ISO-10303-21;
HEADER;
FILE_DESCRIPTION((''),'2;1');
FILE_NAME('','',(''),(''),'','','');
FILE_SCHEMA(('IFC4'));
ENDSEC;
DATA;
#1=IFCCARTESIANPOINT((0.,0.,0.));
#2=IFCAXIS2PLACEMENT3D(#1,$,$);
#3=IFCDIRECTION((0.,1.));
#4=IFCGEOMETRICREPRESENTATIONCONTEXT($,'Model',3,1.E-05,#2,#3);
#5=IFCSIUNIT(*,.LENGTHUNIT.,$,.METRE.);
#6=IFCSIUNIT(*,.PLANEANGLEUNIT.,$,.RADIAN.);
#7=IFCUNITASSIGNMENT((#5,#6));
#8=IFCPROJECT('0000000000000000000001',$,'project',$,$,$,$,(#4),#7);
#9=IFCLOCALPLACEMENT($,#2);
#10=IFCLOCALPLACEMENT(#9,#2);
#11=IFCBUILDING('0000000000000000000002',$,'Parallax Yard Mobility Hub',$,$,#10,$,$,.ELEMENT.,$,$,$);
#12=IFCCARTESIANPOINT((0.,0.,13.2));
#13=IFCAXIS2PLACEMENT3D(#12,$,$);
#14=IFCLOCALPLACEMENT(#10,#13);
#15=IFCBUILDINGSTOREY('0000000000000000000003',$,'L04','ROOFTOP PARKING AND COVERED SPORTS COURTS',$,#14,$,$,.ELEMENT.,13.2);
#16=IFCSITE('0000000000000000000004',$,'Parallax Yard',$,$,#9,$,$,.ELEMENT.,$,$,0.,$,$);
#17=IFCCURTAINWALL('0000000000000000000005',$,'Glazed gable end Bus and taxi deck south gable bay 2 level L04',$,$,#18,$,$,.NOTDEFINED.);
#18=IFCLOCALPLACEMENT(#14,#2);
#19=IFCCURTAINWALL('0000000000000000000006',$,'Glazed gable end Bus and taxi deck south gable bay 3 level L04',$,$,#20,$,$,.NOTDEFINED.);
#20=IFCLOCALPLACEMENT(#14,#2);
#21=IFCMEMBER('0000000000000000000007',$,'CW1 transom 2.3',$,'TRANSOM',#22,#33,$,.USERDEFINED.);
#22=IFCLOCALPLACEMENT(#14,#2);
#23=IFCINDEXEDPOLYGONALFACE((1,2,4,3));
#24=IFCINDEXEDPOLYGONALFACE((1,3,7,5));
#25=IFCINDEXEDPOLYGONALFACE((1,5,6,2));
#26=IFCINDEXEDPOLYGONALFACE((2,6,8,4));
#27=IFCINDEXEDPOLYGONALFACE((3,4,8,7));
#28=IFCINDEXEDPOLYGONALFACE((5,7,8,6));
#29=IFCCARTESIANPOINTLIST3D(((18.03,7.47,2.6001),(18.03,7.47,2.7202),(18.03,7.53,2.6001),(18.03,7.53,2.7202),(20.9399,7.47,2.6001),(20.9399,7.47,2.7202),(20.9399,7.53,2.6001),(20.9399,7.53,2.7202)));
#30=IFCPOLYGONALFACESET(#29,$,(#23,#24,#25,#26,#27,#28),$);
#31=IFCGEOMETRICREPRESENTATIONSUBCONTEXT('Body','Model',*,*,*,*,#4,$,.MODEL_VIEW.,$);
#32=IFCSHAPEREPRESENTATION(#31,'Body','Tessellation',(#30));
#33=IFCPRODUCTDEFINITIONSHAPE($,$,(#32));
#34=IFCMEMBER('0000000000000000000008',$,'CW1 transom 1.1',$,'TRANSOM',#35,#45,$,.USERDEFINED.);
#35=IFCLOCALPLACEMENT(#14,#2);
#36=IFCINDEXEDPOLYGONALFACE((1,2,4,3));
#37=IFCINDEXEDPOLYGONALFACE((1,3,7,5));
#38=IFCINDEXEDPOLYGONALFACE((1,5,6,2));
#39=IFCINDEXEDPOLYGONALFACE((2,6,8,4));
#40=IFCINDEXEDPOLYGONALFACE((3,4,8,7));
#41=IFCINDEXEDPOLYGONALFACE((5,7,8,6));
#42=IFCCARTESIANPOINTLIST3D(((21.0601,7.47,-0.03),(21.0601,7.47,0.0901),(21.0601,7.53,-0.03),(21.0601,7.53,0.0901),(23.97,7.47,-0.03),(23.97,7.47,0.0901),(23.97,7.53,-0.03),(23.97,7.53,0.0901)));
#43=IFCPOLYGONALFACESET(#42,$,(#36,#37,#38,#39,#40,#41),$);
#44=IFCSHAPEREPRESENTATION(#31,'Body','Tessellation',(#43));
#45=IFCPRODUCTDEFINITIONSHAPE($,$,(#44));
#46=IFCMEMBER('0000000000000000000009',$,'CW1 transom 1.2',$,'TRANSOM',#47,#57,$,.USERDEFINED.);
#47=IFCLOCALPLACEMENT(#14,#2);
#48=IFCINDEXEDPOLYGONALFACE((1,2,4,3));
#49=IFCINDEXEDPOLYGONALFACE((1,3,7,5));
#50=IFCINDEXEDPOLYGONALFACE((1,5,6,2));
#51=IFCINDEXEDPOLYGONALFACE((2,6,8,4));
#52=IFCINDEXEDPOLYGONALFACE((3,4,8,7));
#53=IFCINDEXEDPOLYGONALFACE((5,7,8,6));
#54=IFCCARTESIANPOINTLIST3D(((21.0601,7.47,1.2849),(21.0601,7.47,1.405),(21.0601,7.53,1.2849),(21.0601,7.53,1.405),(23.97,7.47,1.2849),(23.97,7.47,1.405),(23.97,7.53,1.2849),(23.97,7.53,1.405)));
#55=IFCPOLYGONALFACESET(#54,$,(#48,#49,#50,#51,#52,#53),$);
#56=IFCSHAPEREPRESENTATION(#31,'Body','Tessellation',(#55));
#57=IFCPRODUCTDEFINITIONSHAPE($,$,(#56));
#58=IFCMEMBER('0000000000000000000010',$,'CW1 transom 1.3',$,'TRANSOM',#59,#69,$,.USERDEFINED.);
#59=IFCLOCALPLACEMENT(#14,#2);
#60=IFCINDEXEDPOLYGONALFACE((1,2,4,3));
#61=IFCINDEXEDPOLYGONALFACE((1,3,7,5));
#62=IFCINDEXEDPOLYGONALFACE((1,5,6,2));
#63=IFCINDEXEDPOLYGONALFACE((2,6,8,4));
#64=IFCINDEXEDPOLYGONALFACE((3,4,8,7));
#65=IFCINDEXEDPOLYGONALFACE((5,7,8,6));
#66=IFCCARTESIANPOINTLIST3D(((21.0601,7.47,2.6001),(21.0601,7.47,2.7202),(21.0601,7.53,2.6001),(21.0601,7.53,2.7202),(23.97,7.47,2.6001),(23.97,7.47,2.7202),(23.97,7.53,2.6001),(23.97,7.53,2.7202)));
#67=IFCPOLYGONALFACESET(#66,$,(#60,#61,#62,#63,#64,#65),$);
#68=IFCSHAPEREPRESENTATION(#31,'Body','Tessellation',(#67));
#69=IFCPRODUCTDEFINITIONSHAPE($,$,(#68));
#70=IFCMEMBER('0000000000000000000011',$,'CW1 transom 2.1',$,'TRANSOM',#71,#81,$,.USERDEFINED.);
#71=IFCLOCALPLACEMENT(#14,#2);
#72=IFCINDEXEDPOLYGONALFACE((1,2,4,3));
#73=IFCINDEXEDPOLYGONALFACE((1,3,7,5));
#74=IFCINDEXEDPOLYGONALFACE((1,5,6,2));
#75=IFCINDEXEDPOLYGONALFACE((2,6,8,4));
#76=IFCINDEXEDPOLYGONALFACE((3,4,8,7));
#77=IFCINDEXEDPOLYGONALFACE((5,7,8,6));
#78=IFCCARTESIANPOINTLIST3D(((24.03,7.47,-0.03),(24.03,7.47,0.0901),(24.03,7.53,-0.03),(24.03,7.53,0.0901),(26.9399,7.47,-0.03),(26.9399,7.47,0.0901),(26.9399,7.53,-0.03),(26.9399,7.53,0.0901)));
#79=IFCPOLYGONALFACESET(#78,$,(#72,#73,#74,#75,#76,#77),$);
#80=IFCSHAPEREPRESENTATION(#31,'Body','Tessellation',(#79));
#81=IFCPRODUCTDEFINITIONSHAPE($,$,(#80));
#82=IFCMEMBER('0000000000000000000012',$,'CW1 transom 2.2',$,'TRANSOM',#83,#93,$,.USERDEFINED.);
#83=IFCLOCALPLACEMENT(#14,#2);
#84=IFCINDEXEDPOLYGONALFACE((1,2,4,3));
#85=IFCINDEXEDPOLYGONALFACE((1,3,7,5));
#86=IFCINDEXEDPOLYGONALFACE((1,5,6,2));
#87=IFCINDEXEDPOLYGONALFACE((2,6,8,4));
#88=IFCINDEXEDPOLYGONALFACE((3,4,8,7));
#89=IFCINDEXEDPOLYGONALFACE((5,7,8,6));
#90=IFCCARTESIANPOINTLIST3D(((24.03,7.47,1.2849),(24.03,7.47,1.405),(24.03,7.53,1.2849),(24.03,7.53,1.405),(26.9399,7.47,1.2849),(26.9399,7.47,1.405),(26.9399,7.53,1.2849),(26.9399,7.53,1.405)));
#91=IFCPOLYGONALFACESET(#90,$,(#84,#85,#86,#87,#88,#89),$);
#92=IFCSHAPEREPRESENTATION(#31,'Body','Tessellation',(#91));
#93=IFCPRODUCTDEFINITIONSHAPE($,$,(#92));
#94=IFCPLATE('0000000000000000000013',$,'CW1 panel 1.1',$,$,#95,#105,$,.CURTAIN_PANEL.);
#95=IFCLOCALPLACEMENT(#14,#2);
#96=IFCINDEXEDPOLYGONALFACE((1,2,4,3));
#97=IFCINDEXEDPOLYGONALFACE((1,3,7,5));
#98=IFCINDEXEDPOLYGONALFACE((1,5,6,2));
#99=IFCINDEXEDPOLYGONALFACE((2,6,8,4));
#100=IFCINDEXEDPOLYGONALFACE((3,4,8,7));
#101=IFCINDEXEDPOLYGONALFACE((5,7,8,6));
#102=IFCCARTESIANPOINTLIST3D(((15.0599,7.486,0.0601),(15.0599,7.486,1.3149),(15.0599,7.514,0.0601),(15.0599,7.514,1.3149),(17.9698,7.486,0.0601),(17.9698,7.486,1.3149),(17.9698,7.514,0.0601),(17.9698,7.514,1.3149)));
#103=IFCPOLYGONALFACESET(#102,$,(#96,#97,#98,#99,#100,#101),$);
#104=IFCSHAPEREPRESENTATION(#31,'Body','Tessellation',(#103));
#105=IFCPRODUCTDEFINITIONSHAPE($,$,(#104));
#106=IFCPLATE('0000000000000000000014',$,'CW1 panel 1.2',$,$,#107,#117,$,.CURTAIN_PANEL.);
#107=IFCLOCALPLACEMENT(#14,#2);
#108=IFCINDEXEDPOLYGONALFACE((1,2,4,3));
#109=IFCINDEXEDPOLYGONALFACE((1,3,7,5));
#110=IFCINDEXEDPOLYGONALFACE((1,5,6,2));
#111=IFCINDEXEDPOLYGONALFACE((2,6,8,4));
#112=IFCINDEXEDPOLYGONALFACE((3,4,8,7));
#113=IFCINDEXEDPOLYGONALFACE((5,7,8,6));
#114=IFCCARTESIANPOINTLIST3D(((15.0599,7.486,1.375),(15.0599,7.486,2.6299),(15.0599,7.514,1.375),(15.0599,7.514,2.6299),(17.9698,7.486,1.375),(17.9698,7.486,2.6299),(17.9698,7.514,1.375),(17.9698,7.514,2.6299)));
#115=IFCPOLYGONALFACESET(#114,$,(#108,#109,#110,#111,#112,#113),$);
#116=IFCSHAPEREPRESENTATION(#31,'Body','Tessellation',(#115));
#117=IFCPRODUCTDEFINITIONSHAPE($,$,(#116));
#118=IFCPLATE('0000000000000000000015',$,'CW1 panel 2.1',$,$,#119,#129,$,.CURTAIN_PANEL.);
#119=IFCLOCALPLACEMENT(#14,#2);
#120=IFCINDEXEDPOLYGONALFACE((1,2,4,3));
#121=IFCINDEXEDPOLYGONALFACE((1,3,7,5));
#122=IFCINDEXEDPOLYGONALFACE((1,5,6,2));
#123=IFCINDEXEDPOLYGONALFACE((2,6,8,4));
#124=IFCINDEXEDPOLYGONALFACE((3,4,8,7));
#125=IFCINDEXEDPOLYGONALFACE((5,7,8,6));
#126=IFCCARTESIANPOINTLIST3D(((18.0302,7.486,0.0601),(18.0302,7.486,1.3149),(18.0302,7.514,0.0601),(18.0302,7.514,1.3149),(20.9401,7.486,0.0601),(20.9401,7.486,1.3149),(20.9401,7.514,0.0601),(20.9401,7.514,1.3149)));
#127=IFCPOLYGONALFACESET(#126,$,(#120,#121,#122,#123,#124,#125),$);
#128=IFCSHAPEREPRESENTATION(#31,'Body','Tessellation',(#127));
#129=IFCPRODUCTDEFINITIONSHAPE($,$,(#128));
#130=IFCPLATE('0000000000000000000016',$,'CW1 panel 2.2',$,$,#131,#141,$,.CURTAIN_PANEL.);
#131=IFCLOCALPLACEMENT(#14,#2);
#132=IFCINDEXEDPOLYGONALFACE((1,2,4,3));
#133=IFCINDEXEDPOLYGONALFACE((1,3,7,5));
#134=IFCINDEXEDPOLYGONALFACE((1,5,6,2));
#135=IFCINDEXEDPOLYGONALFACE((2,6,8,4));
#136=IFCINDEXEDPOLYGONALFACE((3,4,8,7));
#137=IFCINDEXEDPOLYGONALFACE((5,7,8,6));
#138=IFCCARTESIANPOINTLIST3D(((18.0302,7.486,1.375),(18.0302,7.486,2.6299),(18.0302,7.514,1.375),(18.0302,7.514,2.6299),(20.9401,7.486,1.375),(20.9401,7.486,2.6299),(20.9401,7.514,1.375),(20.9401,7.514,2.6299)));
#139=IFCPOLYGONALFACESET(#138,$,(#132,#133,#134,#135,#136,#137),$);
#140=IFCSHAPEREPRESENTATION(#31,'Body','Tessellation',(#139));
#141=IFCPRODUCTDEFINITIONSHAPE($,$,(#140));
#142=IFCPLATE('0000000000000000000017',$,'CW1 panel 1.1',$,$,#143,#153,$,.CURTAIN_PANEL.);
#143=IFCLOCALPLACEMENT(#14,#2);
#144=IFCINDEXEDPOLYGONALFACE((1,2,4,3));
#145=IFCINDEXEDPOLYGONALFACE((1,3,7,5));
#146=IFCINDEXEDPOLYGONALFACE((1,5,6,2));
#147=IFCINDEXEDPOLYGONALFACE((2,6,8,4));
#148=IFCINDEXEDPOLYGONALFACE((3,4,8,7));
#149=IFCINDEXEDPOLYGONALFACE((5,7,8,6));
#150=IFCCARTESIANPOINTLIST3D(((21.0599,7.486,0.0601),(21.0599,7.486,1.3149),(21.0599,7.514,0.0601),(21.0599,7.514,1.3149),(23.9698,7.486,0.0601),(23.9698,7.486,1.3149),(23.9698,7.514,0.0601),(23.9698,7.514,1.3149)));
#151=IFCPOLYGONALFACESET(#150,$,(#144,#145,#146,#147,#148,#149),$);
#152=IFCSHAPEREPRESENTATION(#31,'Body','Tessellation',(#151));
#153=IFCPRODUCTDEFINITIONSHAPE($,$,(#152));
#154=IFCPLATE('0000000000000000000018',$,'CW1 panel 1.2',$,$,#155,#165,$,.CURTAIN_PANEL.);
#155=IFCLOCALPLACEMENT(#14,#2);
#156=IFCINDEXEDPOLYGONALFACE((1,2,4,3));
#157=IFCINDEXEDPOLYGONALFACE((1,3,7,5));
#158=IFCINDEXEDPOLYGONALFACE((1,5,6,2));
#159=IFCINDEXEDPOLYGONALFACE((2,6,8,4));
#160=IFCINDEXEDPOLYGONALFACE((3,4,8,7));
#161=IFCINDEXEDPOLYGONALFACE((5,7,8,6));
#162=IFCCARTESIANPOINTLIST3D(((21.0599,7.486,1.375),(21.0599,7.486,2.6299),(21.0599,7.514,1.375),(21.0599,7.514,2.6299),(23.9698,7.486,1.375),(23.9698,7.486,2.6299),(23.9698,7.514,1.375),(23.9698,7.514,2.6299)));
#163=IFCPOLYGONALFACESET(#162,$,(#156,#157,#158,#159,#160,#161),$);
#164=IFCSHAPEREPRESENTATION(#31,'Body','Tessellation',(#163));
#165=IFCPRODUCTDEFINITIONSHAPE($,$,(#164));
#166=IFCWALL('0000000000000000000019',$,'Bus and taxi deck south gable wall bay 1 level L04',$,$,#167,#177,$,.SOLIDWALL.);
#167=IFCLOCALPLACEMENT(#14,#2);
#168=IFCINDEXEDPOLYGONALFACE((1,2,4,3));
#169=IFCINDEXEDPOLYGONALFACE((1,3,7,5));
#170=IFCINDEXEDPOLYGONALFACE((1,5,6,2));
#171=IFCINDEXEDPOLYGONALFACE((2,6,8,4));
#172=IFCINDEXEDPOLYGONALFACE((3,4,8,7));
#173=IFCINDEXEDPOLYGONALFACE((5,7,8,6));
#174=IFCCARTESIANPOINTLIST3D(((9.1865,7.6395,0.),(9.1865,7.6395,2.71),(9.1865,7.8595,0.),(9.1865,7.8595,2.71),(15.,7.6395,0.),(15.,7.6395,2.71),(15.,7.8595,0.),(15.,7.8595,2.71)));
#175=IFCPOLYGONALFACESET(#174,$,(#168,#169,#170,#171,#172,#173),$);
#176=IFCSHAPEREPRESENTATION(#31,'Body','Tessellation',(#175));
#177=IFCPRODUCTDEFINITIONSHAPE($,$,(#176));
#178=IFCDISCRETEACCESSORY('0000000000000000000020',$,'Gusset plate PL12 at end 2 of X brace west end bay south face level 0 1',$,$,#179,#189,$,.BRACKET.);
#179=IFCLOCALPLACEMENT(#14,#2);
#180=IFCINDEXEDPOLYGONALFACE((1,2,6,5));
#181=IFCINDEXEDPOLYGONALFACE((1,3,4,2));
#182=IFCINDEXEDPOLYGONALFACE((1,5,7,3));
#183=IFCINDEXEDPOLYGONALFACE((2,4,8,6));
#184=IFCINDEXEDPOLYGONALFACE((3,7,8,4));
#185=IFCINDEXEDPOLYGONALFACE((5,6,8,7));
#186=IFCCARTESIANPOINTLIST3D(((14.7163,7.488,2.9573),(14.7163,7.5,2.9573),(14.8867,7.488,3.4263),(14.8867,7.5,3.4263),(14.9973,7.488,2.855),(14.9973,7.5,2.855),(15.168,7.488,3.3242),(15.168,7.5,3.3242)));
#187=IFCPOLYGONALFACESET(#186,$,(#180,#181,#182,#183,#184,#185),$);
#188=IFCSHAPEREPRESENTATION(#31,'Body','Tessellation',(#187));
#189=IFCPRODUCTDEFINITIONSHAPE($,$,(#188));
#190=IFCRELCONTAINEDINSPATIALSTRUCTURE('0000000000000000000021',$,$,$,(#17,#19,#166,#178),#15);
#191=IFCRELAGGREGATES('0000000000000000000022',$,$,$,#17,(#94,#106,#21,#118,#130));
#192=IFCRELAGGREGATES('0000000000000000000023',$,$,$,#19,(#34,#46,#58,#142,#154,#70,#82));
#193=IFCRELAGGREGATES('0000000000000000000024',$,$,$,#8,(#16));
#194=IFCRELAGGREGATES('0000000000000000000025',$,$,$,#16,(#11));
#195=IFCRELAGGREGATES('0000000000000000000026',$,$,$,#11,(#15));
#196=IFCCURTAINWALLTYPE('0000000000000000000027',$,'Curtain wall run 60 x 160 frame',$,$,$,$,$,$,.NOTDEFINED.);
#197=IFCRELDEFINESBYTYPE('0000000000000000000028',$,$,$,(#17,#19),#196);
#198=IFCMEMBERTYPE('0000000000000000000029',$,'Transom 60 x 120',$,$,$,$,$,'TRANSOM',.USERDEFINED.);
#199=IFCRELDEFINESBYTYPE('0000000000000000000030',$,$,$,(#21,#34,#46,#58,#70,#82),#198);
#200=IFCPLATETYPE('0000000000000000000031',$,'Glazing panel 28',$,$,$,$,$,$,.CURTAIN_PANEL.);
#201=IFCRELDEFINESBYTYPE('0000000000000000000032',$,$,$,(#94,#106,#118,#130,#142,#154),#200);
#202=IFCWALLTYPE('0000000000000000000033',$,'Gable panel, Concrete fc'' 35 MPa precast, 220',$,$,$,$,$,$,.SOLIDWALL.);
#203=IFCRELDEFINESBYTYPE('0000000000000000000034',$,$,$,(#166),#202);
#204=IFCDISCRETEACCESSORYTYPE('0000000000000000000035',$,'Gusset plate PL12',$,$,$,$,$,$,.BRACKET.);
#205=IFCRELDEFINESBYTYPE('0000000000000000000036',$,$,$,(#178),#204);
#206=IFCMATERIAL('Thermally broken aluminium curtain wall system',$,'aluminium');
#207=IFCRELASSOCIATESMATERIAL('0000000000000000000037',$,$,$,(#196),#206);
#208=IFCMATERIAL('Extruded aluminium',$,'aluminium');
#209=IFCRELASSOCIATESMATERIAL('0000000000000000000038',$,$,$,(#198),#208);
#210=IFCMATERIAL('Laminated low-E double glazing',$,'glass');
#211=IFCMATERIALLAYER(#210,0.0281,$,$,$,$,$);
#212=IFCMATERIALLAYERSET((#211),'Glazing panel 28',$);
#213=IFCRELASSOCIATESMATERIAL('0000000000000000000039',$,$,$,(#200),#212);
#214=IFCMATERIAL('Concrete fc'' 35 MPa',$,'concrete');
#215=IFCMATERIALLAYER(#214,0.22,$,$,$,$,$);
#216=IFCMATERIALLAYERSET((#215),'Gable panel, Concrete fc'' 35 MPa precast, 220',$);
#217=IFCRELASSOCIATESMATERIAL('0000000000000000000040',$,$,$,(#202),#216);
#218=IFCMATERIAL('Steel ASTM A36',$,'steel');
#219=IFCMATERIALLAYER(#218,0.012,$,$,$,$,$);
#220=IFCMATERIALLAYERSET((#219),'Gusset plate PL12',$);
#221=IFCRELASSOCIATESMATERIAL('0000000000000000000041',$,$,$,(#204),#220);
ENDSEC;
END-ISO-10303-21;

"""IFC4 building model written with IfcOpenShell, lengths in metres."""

from ifc_helpers import new_model, si_unit, direction, frame, frame_2d, origin, origin_2d, place, context, subcontext, project, spatial, polyline, rectangle, outline, extrude, material, layer, layer_set, material_profile, profile_set, type_object, element, aggregate, save


model = new_model("IFC4")

# Units and contexts
model_context = context("Model", 3, precision=1e-05, world=origin(), true_north=direction((0.0, 1.0)))
body_context = subcontext(model_context, "Body", "Model", "MODEL_VIEW")
ifc_project = project(units=[si_unit("LENGTHUNIT", "METRE"), si_unit("PLANEANGLEUNIT", "RADIAN")], contexts=[model_context])

# Site, building, storey
site_placement = place(None, origin())
site = spatial("IfcSite", under=ifc_project, at=site_placement, Name="Parallax Yard", CompositionType="ELEMENT", RefElevation=0.0)
building_placement = place(site_placement, origin())
building = spatial("IfcBuilding", under=site, at=building_placement, Name="Parallax Yard Mobility Hub", CompositionType="ELEMENT")
storey_placement = place(building_placement, frame((0.0, 0.0, 13.2)))
storey = spatial("IfcBuildingStorey", under=building, at=storey_placement, Name="L04", Description="ROOFTOP PARKING AND COVERED SPORTS COURTS", CompositionType="ELEMENT", Elevation=13.2)

# Curtain walls
ifc_material_1 = material(Name="Thermally broken aluminium curtain wall system", Category="aluminium")
curtain_wall_type = type_object("IfcCurtainWallType", Name="Curtain wall run 60 x 160 frame", PredefinedType="NOTDEFINED", material=ifc_material_1)
curtain_wall_1_placement = place(storey_placement, origin())
curtain_wall_1 = element("IfcCurtainWall", 1, at=curtain_wall_1_placement, inside=storey, type_object=curtain_wall_type, Name="Glazed gable end Bus and taxi deck south gable bay 2 level L04", PredefinedType="NOTDEFINED")
ifc_material_2 = material(Name="Extruded aluminium", Category="aluminium")
curtain_wall_2_placement = place(storey_placement, origin())
curtain_wall_2 = element("IfcCurtainWall", 2, at=curtain_wall_2_placement, inside=storey, type_object=curtain_wall_type, Name="Glazed gable end Bus and taxi deck south gable bay 3 level L04", PredefinedType="NOTDEFINED")

# Members
ifc_material_profile_1 = material_profile(ifc_material_2, rectangle(XDim=0.0601, YDim=0.1201, at=origin_2d()), Name="Transom 60 x 120")
ifc_profile_set_1 = profile_set([ifc_material_profile_1], Name="Extruded aluminium")
member_type_1 = type_object("IfcMemberType", Name="Transom 60 x 120", ElementType="TRANSOM", PredefinedType="USERDEFINED", material=ifc_profile_set_1)
member_1_placement = place(storey_placement, frame((18.03, 7.5, 2.6602), z_axis=(1.0, 0.0, 0.0), x_axis=(0.0, 1.0, 0.0)))
member_1 = element("IfcMember", 3, at=member_1_placement, type_object=member_type_1, Name="CW1 transom 2.3", ObjectType="TRANSOM", PredefinedType="USERDEFINED", context=body_context, shape_type="SweptSolid", body=[
    extrude(rectangle(XDim=0.0601, YDim=0.1201, at=origin_2d()), origin(), (0.0, 0.0, 1.0), 2.9099),
])
member_2_placement = place(storey_placement, frame((21.0601, 7.5, 0.03), z_axis=(1.0, 0.0, 0.0), x_axis=(0.0, 1.0, 0.0)))
member_2 = element("IfcMember", 4, at=member_2_placement, type_object=member_type_1, Name="CW1 transom 1.1", ObjectType="TRANSOM", PredefinedType="USERDEFINED", context=body_context, shape_type="SweptSolid", body=[
    extrude(rectangle(XDim=0.0601, YDim=0.1201, at=origin_2d()), origin(), (0.0, 0.0, 1.0), 2.9099),
])
member_3_placement = place(storey_placement, frame((21.0601, 7.5, 1.345), z_axis=(1.0, 0.0, 0.0), x_axis=(0.0, 1.0, 0.0)))
member_3 = element("IfcMember", 5, at=member_3_placement, type_object=member_type_1, Name="CW1 transom 1.2", ObjectType="TRANSOM", PredefinedType="USERDEFINED", context=body_context, shape_type="SweptSolid", body=[
    extrude(rectangle(XDim=0.0601, YDim=0.1201, at=origin_2d()), origin(), (0.0, 0.0, 1.0), 2.9099),
])
member_4_placement = place(storey_placement, frame((21.0601, 7.5, 2.6602), z_axis=(1.0, 0.0, 0.0), x_axis=(0.0, 1.0, 0.0)))
member_4 = element("IfcMember", 6, at=member_4_placement, type_object=member_type_1, Name="CW1 transom 1.3", ObjectType="TRANSOM", PredefinedType="USERDEFINED", context=body_context, shape_type="SweptSolid", body=[
    extrude(rectangle(XDim=0.0601, YDim=0.1201, at=origin_2d()), origin(), (0.0, 0.0, 1.0), 2.9099),
])
member_5_placement = place(storey_placement, frame((24.03, 7.5, 0.03), z_axis=(1.0, 0.0, 0.0), x_axis=(0.0, 1.0, 0.0)))
member_5 = element("IfcMember", 7, at=member_5_placement, type_object=member_type_1, Name="CW1 transom 2.1", ObjectType="TRANSOM", PredefinedType="USERDEFINED", context=body_context, shape_type="SweptSolid", body=[
    extrude(rectangle(XDim=0.0601, YDim=0.1201, at=origin_2d()), origin(), (0.0, 0.0, 1.0), 2.9099),
])
member_6_placement = place(storey_placement, frame((24.03, 7.5, 1.345), z_axis=(1.0, 0.0, 0.0), x_axis=(0.0, 1.0, 0.0)))
member_6 = element("IfcMember", 8, at=member_6_placement, type_object=member_type_1, Name="CW1 transom 2.2", ObjectType="TRANSOM", PredefinedType="USERDEFINED", context=body_context, shape_type="SweptSolid", body=[
    extrude(rectangle(XDim=0.0601, YDim=0.1201, at=origin_2d()), origin(), (0.0, 0.0, 1.0), 2.9099),
])

# Plates
ifc_material_3 = material(Name="Laminated low-E double glazing", Category="glass")
ifc_layer_1 = layer(ifc_material_3, 0.0281)
ifc_layer_set_1 = layer_set([ifc_layer_1], Name="Glazing panel 28")
plate_type = type_object("IfcPlateType", Name="Glazing panel 28", PredefinedType="CURTAIN_PANEL", material=ifc_layer_set_1)
plate_1_placement = place(storey_placement, frame((16.5149, 7.5, 0.0601), z_axis=(0.0, 0.0, 1.0), x_axis=(1.0, 0.0, 0.0)))
plate_1 = element("IfcPlate", 9, at=plate_1_placement, type_object=plate_type, Name="CW1 panel 1.1", PredefinedType="CURTAIN_PANEL", context=body_context, shape_type="SweptSolid", body=[
    extrude(rectangle(XDim=2.9099, YDim=0.0281, at=origin_2d()), origin(), (0.0, 0.0, 1.0), 1.2549),
])
plate_2_placement = place(storey_placement, frame((16.5149, 7.5, 1.375), z_axis=(0.0, 0.0, 1.0), x_axis=(1.0, 0.0, 0.0)))
plate_2 = element("IfcPlate", 10, at=plate_2_placement, type_object=plate_type, Name="CW1 panel 1.2", PredefinedType="CURTAIN_PANEL", context=body_context, shape_type="SweptSolid", body=[
    extrude(rectangle(XDim=2.9099, YDim=0.0281, at=origin_2d()), origin(), (0.0, 0.0, 1.0), 1.2549),
])
plate_3_placement = place(storey_placement, frame((19.4851, 7.5, 0.0601), z_axis=(0.0, 0.0, 1.0), x_axis=(1.0, 0.0, 0.0)))
plate_3 = element("IfcPlate", 11, at=plate_3_placement, type_object=plate_type, Name="CW1 panel 2.1", PredefinedType="CURTAIN_PANEL", context=body_context, shape_type="SweptSolid", body=[
    extrude(rectangle(XDim=2.9099, YDim=0.0281, at=origin_2d()), origin(), (0.0, 0.0, 1.0), 1.2549),
])
plate_4_placement = place(storey_placement, frame((19.4851, 7.5, 1.375), z_axis=(0.0, 0.0, 1.0), x_axis=(1.0, 0.0, 0.0)))
plate_4 = element("IfcPlate", 12, at=plate_4_placement, type_object=plate_type, Name="CW1 panel 2.2", PredefinedType="CURTAIN_PANEL", context=body_context, shape_type="SweptSolid", body=[
    extrude(rectangle(XDim=2.9099, YDim=0.0281, at=origin_2d()), origin(), (0.0, 0.0, 1.0), 1.2549),
])
aggregate(curtain_wall_1, [plate_1, plate_2, member_1, plate_3, plate_4])
plate_5_placement = place(storey_placement, frame((22.5149, 7.5, 0.0601), z_axis=(0.0, 0.0, 1.0), x_axis=(1.0, 0.0, 0.0)))
plate_5 = element("IfcPlate", 13, at=plate_5_placement, type_object=plate_type, Name="CW1 panel 1.1", PredefinedType="CURTAIN_PANEL", context=body_context, shape_type="SweptSolid", body=[
    extrude(rectangle(XDim=2.9099, YDim=0.0281, at=origin_2d()), origin(), (0.0, 0.0, 1.0), 1.2549),
])
plate_6_placement = place(storey_placement, frame((22.5149, 7.5, 1.375), z_axis=(0.0, 0.0, 1.0), x_axis=(1.0, 0.0, 0.0)))
plate_6 = element("IfcPlate", 14, at=plate_6_placement, type_object=plate_type, Name="CW1 panel 1.2", PredefinedType="CURTAIN_PANEL", context=body_context, shape_type="SweptSolid", body=[
    extrude(rectangle(XDim=2.9099, YDim=0.0281, at=origin_2d()), origin(), (0.0, 0.0, 1.0), 1.2549),
])
aggregate(curtain_wall_2, [member_2, member_3, member_4, plate_5, plate_6, member_5, member_6])

# Wall
ifc_material_4 = material(Name="Concrete fc' 35 MPa", Category="concrete")
ifc_layer_2 = layer(ifc_material_4, 0.22)
ifc_layer_set_2 = layer_set([ifc_layer_2], Name="Gable panel, Concrete fc' 35 MPa precast, 220")
wall_type = type_object("IfcWallType", Name="Gable panel, Concrete fc' 35 MPa precast, 220", PredefinedType="SOLIDWALL", material=ifc_layer_set_2)
wall_placement = place(storey_placement, frame((9.1865, 7.7495, 0.0), z_axis=(0.0, 0.0, 1.0), x_axis=(1.0, 0.0, 0.0)))
element("IfcWall", 15, at=wall_placement, inside=storey, type_object=wall_type, Name="Bus and taxi deck south gable wall bay 1 level L04", PredefinedType="SOLIDWALL", context=body_context, shape_type="SweptSolid", body=[
    extrude(rectangle(XDim=5.8135, YDim=0.22, at=frame_2d((2.9067, 0.0))), origin(), (0.0, 0.0, 1.0), 2.71),
])

# Discrete accessory
ifc_material_5 = material(Name="Steel ASTM A36", Category="steel")
ifc_layer_3 = layer(ifc_material_5, 0.012)
ifc_layer_set_3 = layer_set([ifc_layer_3], Name="Gusset plate PL12")
discrete_accessory_type = type_object("IfcDiscreteAccessoryType", Name="Gusset plate PL12", PredefinedType="BRACKET", material=ifc_layer_set_3)
discrete_accessory_placement = place(storey_placement, frame((14.7163, 7.5, 2.9573), z_axis=(0.0, 1.0, 0.0), x_axis=(0.341507, 0.0, 0.939879)))
element("IfcDiscreteAccessory", 16, at=discrete_accessory_placement, inside=storey, type_object=discrete_accessory_type, Name="Gusset plate PL12 at end 2 of X brace west end bay south face level 0 1", PredefinedType="BRACKET", context=body_context, shape_type="SweptSolid", body=[
    extrude(outline(polyline([(0.0, 0.0), (0.499, 0.0), (0.4991, 0.2992), (-0.0002, 0.299), (0.0, 0.0)])), origin(), (0.0, 0.0, -1.0), 0.012),
])

save(model, "model.ifc")
